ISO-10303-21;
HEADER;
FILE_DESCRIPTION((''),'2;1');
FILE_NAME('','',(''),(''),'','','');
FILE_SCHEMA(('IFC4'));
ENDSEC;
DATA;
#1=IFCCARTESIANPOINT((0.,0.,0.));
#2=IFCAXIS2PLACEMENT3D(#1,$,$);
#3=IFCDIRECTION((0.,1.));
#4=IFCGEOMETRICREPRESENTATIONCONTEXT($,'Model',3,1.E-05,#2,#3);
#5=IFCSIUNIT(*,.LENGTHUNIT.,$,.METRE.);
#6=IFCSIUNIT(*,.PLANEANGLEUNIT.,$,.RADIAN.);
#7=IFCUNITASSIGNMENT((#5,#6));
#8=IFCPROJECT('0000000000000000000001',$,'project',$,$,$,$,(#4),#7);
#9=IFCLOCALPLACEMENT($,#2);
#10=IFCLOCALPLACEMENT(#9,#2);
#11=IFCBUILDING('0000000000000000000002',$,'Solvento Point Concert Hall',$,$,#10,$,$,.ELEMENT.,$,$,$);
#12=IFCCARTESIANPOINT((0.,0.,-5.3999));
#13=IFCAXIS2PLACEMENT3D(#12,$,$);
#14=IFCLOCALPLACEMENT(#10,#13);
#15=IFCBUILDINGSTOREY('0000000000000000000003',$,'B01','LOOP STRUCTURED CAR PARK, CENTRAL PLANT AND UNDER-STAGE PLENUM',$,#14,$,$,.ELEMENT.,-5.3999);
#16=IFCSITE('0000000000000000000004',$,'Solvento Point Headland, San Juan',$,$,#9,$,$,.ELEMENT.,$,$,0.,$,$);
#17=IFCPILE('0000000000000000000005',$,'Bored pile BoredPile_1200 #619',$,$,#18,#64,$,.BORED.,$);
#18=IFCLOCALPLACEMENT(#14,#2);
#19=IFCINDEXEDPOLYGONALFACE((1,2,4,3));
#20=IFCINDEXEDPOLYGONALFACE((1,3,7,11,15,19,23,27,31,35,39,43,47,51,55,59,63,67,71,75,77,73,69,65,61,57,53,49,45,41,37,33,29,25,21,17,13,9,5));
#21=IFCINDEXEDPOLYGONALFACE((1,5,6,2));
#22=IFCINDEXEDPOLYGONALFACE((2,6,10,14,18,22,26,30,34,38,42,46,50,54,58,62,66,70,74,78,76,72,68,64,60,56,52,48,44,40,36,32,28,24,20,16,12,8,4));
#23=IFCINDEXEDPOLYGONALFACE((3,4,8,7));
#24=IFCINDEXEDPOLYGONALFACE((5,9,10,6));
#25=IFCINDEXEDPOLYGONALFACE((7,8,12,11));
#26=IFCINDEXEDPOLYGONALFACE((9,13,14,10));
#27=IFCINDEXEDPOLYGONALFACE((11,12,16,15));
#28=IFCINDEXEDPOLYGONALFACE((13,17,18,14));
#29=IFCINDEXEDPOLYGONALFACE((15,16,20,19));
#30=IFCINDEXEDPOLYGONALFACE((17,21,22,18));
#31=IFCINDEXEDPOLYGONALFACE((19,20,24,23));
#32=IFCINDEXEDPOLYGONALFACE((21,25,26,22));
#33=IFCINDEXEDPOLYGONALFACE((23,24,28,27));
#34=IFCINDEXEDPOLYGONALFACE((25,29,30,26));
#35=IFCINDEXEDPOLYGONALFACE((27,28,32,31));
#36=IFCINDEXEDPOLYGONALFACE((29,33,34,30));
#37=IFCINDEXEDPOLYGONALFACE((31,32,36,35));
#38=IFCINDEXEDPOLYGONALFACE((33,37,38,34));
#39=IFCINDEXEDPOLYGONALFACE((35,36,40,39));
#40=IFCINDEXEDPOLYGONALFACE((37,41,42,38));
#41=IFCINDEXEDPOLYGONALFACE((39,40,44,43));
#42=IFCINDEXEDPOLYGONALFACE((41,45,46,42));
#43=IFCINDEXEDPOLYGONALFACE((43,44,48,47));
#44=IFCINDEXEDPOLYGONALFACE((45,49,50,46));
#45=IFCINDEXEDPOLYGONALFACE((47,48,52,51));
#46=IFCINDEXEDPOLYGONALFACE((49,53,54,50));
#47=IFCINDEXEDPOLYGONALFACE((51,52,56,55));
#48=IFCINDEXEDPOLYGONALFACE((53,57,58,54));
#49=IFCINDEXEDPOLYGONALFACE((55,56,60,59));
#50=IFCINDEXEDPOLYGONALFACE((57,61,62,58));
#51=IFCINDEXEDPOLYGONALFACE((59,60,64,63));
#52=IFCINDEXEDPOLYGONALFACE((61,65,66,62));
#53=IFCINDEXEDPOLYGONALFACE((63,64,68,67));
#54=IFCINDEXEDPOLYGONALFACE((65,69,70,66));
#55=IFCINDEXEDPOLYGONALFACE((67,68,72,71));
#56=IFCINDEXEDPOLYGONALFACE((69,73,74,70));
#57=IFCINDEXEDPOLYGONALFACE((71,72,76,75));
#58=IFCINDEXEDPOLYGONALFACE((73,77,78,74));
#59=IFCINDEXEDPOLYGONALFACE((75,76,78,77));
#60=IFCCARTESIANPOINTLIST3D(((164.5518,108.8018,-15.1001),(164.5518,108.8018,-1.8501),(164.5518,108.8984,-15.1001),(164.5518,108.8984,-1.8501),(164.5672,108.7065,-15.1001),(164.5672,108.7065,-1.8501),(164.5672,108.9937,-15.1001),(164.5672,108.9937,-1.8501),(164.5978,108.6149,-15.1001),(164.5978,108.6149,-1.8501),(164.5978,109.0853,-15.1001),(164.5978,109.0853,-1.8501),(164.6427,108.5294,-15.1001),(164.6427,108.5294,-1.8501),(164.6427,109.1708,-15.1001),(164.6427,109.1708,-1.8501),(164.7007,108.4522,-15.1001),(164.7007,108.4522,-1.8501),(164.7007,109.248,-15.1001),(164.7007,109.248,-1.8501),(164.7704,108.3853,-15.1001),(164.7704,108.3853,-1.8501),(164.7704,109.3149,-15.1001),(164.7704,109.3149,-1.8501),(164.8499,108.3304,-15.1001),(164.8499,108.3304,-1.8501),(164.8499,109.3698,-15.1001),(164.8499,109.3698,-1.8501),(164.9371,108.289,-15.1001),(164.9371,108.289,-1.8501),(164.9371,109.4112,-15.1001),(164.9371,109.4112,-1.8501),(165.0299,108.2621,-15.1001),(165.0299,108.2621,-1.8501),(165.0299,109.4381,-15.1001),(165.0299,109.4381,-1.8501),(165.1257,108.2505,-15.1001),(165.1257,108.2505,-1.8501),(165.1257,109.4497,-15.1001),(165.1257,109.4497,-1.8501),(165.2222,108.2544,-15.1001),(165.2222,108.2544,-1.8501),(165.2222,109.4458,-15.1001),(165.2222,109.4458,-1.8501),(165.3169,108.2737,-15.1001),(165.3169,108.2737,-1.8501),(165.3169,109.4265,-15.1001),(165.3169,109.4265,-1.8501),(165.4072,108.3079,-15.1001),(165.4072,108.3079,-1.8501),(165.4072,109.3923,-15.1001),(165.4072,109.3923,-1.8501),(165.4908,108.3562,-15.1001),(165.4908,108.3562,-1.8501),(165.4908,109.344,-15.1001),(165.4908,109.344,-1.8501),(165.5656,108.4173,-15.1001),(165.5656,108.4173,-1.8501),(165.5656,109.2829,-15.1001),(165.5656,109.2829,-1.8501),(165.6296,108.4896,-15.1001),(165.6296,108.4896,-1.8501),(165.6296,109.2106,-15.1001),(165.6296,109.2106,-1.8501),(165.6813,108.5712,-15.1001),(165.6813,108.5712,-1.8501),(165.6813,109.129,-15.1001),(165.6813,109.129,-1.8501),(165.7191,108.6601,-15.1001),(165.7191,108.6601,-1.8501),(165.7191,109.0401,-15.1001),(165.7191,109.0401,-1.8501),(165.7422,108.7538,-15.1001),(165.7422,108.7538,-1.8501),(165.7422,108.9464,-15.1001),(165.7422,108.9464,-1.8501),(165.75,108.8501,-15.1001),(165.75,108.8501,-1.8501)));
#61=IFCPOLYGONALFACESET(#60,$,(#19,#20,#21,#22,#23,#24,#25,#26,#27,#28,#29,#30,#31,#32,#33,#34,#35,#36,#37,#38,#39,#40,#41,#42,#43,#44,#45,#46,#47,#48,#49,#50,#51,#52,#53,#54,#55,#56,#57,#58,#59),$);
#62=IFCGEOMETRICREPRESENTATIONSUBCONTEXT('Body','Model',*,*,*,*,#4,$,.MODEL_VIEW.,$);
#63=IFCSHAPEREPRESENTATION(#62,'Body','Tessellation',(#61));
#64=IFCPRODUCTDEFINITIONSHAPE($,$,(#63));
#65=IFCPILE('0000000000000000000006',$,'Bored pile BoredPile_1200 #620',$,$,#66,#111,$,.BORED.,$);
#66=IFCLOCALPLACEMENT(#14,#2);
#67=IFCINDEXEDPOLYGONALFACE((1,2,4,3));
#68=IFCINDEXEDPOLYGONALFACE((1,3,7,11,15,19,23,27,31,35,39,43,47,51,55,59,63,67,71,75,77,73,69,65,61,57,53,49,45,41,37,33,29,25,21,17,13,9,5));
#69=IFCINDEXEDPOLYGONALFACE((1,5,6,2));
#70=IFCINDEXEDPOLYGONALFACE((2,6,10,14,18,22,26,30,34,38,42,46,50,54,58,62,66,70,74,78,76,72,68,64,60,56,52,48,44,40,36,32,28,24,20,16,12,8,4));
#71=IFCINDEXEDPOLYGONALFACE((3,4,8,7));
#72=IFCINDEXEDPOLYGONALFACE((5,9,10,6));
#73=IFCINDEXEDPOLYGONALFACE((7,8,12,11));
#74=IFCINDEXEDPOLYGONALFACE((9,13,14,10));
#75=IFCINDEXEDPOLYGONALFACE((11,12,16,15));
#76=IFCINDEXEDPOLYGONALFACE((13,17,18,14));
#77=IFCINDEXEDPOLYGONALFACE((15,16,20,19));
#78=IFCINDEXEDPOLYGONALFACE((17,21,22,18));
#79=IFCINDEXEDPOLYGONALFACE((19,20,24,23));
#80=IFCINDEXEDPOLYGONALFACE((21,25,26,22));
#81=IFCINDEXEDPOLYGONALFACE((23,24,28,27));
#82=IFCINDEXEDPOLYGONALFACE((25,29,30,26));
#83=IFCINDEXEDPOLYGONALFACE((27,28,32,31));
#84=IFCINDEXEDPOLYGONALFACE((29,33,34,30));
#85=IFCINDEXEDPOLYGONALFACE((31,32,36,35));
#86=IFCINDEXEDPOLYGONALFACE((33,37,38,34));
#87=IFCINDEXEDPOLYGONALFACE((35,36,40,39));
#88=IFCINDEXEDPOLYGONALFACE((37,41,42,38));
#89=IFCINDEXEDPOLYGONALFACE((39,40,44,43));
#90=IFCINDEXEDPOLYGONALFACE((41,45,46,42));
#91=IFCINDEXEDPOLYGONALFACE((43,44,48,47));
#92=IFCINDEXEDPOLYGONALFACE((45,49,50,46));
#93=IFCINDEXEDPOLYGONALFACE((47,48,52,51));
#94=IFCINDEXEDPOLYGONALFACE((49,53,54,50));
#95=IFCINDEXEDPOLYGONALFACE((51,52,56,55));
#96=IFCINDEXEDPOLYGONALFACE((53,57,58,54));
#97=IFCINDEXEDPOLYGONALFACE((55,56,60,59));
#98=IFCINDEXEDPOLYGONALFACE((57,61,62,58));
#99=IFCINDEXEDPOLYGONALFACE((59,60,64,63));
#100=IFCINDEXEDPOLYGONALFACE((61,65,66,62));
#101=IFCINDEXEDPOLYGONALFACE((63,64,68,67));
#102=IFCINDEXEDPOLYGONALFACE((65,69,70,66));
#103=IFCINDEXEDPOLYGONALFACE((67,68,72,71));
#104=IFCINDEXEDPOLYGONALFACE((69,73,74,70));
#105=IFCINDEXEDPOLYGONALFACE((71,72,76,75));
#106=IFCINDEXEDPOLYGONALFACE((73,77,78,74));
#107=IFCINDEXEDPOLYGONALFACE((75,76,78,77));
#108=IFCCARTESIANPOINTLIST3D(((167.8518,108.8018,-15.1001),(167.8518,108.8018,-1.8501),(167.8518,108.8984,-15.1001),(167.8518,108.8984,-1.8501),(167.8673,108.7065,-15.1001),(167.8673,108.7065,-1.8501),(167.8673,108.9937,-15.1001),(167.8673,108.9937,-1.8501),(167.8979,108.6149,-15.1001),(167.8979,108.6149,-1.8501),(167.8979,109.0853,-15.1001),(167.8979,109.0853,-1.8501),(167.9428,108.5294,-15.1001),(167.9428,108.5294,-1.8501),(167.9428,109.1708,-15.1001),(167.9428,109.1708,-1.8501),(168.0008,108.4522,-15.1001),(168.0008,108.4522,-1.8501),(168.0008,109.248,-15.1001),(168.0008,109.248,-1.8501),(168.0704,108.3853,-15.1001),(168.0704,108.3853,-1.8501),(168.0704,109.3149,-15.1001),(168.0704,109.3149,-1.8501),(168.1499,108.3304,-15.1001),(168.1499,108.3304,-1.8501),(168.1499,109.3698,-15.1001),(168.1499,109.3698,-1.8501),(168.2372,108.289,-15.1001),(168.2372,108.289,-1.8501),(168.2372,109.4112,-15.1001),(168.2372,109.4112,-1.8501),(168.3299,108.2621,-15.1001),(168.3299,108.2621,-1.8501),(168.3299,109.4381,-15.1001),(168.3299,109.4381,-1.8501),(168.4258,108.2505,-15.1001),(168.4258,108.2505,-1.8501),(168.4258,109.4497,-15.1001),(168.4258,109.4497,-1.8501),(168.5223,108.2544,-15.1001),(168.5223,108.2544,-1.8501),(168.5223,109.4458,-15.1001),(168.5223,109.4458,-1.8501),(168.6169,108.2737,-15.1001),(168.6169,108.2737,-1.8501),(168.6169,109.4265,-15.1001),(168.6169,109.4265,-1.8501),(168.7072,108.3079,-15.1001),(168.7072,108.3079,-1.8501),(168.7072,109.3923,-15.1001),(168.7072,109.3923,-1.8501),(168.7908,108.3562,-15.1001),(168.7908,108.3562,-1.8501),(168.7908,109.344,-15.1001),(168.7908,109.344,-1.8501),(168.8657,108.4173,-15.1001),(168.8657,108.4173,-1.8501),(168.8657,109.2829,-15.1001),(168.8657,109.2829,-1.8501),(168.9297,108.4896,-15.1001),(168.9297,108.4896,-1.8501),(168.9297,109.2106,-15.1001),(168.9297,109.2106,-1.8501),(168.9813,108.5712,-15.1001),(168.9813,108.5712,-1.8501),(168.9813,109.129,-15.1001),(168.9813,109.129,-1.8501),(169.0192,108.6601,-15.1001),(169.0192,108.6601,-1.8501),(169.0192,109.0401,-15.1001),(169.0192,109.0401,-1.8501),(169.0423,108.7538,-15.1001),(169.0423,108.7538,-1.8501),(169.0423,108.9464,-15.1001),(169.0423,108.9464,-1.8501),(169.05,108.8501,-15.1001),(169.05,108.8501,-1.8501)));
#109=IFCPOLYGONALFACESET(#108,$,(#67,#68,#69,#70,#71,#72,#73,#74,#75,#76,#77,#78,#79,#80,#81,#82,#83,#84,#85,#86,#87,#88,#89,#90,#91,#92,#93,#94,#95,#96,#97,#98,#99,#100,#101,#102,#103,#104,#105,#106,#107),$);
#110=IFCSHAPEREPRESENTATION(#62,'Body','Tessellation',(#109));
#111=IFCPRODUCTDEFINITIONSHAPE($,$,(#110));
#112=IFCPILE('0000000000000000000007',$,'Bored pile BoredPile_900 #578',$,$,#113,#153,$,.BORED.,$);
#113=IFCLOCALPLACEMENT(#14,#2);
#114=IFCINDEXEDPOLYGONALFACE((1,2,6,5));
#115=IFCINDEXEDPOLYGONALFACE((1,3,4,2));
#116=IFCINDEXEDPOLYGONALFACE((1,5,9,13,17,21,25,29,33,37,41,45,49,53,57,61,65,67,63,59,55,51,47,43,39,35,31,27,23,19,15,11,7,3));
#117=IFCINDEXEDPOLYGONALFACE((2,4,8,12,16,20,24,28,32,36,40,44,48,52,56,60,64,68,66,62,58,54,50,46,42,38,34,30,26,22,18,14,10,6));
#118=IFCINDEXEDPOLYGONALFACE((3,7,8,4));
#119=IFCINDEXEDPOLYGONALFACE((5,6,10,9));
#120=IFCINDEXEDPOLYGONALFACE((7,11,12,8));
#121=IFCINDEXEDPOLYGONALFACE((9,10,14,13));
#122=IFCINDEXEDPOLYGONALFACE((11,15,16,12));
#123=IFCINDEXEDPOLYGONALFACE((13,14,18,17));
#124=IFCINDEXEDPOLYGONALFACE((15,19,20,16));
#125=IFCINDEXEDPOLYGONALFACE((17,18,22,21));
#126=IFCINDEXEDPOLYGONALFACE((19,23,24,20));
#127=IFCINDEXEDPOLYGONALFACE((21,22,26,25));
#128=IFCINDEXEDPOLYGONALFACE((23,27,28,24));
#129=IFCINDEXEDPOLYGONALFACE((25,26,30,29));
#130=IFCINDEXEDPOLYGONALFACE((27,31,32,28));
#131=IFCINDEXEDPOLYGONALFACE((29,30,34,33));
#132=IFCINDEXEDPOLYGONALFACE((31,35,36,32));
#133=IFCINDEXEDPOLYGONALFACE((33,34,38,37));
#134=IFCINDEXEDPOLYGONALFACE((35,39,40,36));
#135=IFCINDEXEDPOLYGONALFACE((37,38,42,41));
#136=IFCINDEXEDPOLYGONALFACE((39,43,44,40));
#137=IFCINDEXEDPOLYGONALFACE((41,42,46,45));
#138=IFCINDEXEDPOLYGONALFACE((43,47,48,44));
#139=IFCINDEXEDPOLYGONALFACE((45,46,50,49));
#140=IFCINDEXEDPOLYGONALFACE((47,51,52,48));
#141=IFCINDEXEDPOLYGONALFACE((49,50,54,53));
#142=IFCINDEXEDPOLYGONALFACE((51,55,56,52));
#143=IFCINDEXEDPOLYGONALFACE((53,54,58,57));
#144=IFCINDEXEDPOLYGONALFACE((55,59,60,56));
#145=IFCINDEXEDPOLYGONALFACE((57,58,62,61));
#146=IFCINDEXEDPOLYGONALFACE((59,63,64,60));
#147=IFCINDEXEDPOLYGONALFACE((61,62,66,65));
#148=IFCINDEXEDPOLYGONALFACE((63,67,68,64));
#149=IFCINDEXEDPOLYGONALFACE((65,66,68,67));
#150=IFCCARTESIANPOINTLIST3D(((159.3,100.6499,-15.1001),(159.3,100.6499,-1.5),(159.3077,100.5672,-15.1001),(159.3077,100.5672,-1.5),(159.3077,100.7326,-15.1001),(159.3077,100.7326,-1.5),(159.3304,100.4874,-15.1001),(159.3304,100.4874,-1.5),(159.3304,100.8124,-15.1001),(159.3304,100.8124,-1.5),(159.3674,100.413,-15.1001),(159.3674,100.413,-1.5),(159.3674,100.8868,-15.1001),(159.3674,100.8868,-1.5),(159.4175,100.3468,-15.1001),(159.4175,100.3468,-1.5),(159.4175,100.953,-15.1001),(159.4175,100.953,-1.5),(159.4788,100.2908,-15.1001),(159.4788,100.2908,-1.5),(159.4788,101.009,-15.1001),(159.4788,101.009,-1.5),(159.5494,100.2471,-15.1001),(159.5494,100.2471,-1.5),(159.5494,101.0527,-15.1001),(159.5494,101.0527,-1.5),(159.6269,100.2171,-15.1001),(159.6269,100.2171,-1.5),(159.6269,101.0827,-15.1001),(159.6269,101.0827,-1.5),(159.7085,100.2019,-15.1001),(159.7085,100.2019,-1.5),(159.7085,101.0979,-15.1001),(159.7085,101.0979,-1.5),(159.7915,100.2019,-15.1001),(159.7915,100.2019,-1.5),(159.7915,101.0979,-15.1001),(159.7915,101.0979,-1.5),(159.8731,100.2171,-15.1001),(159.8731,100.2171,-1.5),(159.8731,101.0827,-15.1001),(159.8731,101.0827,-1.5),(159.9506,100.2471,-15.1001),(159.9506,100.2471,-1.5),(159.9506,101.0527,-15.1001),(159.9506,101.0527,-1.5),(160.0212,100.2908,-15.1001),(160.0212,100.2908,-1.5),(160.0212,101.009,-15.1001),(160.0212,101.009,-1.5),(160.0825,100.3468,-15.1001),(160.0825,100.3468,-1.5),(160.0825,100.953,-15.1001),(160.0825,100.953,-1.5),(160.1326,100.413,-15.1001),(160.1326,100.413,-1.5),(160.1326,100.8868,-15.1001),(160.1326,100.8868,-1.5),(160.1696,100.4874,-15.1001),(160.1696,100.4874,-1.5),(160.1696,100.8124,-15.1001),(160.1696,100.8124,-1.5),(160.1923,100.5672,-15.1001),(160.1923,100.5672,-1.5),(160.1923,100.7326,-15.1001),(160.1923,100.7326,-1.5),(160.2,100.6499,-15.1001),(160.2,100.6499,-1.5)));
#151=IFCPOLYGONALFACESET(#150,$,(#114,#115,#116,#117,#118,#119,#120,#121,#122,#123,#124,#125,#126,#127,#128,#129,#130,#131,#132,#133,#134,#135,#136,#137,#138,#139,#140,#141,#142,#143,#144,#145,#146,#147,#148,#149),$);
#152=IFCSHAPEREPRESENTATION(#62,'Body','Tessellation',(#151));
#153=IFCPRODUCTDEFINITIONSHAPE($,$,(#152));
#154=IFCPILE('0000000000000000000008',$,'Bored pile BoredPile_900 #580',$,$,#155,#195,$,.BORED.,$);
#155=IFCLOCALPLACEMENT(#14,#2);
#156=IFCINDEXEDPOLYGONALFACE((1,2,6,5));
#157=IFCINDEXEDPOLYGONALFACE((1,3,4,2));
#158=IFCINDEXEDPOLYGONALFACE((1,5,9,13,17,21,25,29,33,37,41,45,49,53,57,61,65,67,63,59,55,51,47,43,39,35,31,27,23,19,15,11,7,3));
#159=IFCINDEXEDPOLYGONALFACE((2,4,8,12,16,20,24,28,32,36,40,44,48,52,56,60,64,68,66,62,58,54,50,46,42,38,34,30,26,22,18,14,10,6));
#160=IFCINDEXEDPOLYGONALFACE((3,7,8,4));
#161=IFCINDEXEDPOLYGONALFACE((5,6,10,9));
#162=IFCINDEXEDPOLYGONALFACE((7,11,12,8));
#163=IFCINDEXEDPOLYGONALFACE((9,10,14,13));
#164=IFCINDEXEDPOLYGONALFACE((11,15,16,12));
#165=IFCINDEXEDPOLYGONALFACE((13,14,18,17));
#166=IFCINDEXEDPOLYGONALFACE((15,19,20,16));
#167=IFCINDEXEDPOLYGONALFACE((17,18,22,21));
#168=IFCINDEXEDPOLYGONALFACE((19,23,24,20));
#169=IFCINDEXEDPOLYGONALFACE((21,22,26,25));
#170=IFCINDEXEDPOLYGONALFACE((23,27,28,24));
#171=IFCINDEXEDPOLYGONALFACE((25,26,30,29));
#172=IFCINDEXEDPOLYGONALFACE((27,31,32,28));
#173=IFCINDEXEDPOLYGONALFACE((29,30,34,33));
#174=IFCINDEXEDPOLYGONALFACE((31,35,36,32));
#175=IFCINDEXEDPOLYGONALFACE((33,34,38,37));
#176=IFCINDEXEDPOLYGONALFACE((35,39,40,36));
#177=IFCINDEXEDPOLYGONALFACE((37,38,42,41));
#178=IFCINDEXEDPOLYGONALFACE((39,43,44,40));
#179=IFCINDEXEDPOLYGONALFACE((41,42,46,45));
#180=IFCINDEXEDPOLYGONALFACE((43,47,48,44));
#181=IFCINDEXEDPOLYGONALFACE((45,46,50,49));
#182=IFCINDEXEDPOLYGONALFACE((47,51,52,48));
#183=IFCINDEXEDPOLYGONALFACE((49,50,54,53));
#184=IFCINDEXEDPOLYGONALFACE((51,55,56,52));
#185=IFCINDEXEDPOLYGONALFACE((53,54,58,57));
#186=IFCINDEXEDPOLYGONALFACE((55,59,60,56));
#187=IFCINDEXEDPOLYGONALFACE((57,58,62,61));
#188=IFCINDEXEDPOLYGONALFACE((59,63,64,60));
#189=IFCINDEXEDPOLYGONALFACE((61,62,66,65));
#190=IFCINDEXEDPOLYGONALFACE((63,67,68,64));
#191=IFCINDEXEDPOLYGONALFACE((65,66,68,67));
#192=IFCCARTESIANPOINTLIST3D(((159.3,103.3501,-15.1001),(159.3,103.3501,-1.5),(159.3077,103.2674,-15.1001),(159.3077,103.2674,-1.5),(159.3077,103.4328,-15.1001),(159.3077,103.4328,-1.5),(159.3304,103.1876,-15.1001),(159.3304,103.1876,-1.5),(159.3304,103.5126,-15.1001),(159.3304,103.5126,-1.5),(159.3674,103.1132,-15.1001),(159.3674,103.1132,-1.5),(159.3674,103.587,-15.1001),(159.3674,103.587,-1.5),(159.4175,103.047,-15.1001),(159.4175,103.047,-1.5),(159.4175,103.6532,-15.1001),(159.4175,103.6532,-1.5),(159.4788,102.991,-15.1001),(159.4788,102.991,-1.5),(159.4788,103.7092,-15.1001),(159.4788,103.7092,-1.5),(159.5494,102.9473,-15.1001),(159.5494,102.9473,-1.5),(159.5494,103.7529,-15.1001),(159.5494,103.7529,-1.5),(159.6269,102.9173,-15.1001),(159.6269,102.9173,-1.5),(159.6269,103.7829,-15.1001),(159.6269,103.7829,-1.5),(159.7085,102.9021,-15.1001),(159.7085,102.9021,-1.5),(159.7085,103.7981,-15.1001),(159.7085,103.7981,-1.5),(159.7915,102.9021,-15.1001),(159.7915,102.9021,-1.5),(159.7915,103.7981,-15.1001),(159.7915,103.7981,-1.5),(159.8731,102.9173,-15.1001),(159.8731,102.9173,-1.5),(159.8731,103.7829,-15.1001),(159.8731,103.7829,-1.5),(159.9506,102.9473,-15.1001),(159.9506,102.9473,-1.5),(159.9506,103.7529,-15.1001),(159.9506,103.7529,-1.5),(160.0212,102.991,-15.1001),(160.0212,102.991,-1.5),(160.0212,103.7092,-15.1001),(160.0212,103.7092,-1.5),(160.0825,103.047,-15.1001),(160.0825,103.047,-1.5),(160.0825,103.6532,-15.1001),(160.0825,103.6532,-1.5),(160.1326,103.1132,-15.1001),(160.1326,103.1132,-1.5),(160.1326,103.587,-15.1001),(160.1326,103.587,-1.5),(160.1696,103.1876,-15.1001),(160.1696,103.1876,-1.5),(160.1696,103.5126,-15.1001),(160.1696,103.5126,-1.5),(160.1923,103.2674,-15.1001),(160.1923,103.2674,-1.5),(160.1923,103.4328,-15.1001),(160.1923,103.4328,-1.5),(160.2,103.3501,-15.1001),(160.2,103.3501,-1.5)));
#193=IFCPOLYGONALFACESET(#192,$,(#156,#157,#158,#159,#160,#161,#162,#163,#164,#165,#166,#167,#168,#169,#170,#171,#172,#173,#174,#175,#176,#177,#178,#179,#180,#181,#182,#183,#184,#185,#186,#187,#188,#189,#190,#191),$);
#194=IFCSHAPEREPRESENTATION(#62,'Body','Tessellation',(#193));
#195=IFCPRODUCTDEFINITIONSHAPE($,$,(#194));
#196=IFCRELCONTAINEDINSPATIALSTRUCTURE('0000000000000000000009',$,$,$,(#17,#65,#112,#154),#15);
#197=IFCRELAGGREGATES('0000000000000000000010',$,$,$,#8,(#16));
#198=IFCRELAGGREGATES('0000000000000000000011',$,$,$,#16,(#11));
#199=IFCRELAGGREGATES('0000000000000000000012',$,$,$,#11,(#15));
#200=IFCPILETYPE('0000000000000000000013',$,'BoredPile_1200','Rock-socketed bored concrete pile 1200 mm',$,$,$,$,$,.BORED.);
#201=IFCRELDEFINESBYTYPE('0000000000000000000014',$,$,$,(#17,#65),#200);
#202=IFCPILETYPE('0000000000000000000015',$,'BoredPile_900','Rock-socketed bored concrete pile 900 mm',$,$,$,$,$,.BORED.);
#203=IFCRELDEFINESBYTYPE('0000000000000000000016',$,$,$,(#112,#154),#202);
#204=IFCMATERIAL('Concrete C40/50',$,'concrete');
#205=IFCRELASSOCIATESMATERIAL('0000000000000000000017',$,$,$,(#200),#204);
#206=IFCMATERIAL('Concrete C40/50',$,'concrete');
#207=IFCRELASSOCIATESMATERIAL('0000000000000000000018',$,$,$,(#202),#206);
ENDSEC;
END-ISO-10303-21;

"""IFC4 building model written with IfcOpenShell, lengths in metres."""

from ifc_helpers import new_model, si_unit, direction, frame, origin, origin_2d, place, context, subcontext, project, spatial, circle, extrude, material, material_profile, profile_set, type_object, element, save


model = new_model("IFC4")

# Units and contexts
model_context = context("Model", 3, precision=1e-05, world=origin(), true_north=direction((0.0, 1.0)))
body_context = subcontext(model_context, "Body", "Model", "MODEL_VIEW")
ifc_project = project(units=[si_unit("LENGTHUNIT", "METRE"), si_unit("PLANEANGLEUNIT", "RADIAN")], contexts=[model_context])

# Site, building, storey
site_placement = place(None, origin())
site = spatial("IfcSite", under=ifc_project, at=site_placement, Name="Solvento Point Headland, San Juan", CompositionType="ELEMENT", RefElevation=0.0)
building_placement = place(site_placement, origin())
building = spatial("IfcBuilding", under=site, at=building_placement, Name="Solvento Point Concert Hall", CompositionType="ELEMENT")
storey_placement = place(building_placement, frame((0.0, 0.0, -5.3999)))
storey = spatial("IfcBuildingStorey", under=building, at=storey_placement, Name="B01", Description="LOOP STRUCTURED CAR PARK, CENTRAL PLANT AND UNDER-STAGE PLENUM", CompositionType="ELEMENT", Elevation=-5.3999)

# Piles
ifc_material_1 = material(Name="Concrete C40/50", Category="concrete")
ifc_material_profile_1 = material_profile(ifc_material_1, circle(Radius=0.6001, at=origin_2d()), Name="BP-1200")
ifc_profile_set_1 = profile_set([ifc_material_profile_1], Name="Concrete C40/50")
pile_type_1 = type_object("IfcPileType", Name="BoredPile_1200", Description="Rock-socketed bored concrete pile 1200 mm", PredefinedType="BORED", material=ifc_profile_set_1)
for number, where, z_axis, x_axis, name in (
    (1, (165.1499, 108.8501, -1.8501), (0.0, 0.0, -1.0), (1.0, 0.0, 0.0), "Bored pile BoredPile_1200 #619"),
    (2, (168.45, 108.8501, -1.8501), (0.0, 0.0, -1.0), (1.0, 0.0, 0.0), "Bored pile BoredPile_1200 #620"),
):
    element("IfcPile", number, at=place(storey_placement, frame(where, z_axis=z_axis, x_axis=x_axis)), inside=storey, type_object=pile_type_1, Name=name, PredefinedType="BORED", context=body_context, shape_type="SweptSolid", body=[
        extrude(circle(Radius=0.6001, at=origin_2d()), origin(), (0.0, 0.0, 1.0), 13.25),
    ])
ifc_material_2 = material(Name="Concrete C40/50", Category="concrete")
ifc_material_profile_2 = material_profile(ifc_material_2, circle(Radius=0.45, at=origin_2d()), Name="BP-900")
ifc_profile_set_2 = profile_set([ifc_material_profile_2], Name="Concrete C40/50")
pile_type_2 = type_object("IfcPileType", Name="BoredPile_900", Description="Rock-socketed bored concrete pile 900 mm", PredefinedType="BORED", material=ifc_profile_set_2)
for number, where, z_axis, x_axis, name in (
    (3, (159.75, 100.6499, -1.5), (0.0, 0.0, -1.0), (1.0, 0.0, 0.0), "Bored pile BoredPile_900 #578"),
    (4, (159.75, 103.3501, -1.5), (0.0, 0.0, -1.0), (1.0, 0.0, 0.0), "Bored pile BoredPile_900 #580"),
):
    element("IfcPile", number, at=place(storey_placement, frame(where, z_axis=z_axis, x_axis=x_axis)), inside=storey, type_object=pile_type_2, Name=name, PredefinedType="BORED", context=body_context, shape_type="SweptSolid", body=[
        extrude(circle(Radius=0.45, at=origin_2d()), origin(), (0.0, 0.0, 1.0), 13.6001),
    ])

save(model, "model.ifc")
